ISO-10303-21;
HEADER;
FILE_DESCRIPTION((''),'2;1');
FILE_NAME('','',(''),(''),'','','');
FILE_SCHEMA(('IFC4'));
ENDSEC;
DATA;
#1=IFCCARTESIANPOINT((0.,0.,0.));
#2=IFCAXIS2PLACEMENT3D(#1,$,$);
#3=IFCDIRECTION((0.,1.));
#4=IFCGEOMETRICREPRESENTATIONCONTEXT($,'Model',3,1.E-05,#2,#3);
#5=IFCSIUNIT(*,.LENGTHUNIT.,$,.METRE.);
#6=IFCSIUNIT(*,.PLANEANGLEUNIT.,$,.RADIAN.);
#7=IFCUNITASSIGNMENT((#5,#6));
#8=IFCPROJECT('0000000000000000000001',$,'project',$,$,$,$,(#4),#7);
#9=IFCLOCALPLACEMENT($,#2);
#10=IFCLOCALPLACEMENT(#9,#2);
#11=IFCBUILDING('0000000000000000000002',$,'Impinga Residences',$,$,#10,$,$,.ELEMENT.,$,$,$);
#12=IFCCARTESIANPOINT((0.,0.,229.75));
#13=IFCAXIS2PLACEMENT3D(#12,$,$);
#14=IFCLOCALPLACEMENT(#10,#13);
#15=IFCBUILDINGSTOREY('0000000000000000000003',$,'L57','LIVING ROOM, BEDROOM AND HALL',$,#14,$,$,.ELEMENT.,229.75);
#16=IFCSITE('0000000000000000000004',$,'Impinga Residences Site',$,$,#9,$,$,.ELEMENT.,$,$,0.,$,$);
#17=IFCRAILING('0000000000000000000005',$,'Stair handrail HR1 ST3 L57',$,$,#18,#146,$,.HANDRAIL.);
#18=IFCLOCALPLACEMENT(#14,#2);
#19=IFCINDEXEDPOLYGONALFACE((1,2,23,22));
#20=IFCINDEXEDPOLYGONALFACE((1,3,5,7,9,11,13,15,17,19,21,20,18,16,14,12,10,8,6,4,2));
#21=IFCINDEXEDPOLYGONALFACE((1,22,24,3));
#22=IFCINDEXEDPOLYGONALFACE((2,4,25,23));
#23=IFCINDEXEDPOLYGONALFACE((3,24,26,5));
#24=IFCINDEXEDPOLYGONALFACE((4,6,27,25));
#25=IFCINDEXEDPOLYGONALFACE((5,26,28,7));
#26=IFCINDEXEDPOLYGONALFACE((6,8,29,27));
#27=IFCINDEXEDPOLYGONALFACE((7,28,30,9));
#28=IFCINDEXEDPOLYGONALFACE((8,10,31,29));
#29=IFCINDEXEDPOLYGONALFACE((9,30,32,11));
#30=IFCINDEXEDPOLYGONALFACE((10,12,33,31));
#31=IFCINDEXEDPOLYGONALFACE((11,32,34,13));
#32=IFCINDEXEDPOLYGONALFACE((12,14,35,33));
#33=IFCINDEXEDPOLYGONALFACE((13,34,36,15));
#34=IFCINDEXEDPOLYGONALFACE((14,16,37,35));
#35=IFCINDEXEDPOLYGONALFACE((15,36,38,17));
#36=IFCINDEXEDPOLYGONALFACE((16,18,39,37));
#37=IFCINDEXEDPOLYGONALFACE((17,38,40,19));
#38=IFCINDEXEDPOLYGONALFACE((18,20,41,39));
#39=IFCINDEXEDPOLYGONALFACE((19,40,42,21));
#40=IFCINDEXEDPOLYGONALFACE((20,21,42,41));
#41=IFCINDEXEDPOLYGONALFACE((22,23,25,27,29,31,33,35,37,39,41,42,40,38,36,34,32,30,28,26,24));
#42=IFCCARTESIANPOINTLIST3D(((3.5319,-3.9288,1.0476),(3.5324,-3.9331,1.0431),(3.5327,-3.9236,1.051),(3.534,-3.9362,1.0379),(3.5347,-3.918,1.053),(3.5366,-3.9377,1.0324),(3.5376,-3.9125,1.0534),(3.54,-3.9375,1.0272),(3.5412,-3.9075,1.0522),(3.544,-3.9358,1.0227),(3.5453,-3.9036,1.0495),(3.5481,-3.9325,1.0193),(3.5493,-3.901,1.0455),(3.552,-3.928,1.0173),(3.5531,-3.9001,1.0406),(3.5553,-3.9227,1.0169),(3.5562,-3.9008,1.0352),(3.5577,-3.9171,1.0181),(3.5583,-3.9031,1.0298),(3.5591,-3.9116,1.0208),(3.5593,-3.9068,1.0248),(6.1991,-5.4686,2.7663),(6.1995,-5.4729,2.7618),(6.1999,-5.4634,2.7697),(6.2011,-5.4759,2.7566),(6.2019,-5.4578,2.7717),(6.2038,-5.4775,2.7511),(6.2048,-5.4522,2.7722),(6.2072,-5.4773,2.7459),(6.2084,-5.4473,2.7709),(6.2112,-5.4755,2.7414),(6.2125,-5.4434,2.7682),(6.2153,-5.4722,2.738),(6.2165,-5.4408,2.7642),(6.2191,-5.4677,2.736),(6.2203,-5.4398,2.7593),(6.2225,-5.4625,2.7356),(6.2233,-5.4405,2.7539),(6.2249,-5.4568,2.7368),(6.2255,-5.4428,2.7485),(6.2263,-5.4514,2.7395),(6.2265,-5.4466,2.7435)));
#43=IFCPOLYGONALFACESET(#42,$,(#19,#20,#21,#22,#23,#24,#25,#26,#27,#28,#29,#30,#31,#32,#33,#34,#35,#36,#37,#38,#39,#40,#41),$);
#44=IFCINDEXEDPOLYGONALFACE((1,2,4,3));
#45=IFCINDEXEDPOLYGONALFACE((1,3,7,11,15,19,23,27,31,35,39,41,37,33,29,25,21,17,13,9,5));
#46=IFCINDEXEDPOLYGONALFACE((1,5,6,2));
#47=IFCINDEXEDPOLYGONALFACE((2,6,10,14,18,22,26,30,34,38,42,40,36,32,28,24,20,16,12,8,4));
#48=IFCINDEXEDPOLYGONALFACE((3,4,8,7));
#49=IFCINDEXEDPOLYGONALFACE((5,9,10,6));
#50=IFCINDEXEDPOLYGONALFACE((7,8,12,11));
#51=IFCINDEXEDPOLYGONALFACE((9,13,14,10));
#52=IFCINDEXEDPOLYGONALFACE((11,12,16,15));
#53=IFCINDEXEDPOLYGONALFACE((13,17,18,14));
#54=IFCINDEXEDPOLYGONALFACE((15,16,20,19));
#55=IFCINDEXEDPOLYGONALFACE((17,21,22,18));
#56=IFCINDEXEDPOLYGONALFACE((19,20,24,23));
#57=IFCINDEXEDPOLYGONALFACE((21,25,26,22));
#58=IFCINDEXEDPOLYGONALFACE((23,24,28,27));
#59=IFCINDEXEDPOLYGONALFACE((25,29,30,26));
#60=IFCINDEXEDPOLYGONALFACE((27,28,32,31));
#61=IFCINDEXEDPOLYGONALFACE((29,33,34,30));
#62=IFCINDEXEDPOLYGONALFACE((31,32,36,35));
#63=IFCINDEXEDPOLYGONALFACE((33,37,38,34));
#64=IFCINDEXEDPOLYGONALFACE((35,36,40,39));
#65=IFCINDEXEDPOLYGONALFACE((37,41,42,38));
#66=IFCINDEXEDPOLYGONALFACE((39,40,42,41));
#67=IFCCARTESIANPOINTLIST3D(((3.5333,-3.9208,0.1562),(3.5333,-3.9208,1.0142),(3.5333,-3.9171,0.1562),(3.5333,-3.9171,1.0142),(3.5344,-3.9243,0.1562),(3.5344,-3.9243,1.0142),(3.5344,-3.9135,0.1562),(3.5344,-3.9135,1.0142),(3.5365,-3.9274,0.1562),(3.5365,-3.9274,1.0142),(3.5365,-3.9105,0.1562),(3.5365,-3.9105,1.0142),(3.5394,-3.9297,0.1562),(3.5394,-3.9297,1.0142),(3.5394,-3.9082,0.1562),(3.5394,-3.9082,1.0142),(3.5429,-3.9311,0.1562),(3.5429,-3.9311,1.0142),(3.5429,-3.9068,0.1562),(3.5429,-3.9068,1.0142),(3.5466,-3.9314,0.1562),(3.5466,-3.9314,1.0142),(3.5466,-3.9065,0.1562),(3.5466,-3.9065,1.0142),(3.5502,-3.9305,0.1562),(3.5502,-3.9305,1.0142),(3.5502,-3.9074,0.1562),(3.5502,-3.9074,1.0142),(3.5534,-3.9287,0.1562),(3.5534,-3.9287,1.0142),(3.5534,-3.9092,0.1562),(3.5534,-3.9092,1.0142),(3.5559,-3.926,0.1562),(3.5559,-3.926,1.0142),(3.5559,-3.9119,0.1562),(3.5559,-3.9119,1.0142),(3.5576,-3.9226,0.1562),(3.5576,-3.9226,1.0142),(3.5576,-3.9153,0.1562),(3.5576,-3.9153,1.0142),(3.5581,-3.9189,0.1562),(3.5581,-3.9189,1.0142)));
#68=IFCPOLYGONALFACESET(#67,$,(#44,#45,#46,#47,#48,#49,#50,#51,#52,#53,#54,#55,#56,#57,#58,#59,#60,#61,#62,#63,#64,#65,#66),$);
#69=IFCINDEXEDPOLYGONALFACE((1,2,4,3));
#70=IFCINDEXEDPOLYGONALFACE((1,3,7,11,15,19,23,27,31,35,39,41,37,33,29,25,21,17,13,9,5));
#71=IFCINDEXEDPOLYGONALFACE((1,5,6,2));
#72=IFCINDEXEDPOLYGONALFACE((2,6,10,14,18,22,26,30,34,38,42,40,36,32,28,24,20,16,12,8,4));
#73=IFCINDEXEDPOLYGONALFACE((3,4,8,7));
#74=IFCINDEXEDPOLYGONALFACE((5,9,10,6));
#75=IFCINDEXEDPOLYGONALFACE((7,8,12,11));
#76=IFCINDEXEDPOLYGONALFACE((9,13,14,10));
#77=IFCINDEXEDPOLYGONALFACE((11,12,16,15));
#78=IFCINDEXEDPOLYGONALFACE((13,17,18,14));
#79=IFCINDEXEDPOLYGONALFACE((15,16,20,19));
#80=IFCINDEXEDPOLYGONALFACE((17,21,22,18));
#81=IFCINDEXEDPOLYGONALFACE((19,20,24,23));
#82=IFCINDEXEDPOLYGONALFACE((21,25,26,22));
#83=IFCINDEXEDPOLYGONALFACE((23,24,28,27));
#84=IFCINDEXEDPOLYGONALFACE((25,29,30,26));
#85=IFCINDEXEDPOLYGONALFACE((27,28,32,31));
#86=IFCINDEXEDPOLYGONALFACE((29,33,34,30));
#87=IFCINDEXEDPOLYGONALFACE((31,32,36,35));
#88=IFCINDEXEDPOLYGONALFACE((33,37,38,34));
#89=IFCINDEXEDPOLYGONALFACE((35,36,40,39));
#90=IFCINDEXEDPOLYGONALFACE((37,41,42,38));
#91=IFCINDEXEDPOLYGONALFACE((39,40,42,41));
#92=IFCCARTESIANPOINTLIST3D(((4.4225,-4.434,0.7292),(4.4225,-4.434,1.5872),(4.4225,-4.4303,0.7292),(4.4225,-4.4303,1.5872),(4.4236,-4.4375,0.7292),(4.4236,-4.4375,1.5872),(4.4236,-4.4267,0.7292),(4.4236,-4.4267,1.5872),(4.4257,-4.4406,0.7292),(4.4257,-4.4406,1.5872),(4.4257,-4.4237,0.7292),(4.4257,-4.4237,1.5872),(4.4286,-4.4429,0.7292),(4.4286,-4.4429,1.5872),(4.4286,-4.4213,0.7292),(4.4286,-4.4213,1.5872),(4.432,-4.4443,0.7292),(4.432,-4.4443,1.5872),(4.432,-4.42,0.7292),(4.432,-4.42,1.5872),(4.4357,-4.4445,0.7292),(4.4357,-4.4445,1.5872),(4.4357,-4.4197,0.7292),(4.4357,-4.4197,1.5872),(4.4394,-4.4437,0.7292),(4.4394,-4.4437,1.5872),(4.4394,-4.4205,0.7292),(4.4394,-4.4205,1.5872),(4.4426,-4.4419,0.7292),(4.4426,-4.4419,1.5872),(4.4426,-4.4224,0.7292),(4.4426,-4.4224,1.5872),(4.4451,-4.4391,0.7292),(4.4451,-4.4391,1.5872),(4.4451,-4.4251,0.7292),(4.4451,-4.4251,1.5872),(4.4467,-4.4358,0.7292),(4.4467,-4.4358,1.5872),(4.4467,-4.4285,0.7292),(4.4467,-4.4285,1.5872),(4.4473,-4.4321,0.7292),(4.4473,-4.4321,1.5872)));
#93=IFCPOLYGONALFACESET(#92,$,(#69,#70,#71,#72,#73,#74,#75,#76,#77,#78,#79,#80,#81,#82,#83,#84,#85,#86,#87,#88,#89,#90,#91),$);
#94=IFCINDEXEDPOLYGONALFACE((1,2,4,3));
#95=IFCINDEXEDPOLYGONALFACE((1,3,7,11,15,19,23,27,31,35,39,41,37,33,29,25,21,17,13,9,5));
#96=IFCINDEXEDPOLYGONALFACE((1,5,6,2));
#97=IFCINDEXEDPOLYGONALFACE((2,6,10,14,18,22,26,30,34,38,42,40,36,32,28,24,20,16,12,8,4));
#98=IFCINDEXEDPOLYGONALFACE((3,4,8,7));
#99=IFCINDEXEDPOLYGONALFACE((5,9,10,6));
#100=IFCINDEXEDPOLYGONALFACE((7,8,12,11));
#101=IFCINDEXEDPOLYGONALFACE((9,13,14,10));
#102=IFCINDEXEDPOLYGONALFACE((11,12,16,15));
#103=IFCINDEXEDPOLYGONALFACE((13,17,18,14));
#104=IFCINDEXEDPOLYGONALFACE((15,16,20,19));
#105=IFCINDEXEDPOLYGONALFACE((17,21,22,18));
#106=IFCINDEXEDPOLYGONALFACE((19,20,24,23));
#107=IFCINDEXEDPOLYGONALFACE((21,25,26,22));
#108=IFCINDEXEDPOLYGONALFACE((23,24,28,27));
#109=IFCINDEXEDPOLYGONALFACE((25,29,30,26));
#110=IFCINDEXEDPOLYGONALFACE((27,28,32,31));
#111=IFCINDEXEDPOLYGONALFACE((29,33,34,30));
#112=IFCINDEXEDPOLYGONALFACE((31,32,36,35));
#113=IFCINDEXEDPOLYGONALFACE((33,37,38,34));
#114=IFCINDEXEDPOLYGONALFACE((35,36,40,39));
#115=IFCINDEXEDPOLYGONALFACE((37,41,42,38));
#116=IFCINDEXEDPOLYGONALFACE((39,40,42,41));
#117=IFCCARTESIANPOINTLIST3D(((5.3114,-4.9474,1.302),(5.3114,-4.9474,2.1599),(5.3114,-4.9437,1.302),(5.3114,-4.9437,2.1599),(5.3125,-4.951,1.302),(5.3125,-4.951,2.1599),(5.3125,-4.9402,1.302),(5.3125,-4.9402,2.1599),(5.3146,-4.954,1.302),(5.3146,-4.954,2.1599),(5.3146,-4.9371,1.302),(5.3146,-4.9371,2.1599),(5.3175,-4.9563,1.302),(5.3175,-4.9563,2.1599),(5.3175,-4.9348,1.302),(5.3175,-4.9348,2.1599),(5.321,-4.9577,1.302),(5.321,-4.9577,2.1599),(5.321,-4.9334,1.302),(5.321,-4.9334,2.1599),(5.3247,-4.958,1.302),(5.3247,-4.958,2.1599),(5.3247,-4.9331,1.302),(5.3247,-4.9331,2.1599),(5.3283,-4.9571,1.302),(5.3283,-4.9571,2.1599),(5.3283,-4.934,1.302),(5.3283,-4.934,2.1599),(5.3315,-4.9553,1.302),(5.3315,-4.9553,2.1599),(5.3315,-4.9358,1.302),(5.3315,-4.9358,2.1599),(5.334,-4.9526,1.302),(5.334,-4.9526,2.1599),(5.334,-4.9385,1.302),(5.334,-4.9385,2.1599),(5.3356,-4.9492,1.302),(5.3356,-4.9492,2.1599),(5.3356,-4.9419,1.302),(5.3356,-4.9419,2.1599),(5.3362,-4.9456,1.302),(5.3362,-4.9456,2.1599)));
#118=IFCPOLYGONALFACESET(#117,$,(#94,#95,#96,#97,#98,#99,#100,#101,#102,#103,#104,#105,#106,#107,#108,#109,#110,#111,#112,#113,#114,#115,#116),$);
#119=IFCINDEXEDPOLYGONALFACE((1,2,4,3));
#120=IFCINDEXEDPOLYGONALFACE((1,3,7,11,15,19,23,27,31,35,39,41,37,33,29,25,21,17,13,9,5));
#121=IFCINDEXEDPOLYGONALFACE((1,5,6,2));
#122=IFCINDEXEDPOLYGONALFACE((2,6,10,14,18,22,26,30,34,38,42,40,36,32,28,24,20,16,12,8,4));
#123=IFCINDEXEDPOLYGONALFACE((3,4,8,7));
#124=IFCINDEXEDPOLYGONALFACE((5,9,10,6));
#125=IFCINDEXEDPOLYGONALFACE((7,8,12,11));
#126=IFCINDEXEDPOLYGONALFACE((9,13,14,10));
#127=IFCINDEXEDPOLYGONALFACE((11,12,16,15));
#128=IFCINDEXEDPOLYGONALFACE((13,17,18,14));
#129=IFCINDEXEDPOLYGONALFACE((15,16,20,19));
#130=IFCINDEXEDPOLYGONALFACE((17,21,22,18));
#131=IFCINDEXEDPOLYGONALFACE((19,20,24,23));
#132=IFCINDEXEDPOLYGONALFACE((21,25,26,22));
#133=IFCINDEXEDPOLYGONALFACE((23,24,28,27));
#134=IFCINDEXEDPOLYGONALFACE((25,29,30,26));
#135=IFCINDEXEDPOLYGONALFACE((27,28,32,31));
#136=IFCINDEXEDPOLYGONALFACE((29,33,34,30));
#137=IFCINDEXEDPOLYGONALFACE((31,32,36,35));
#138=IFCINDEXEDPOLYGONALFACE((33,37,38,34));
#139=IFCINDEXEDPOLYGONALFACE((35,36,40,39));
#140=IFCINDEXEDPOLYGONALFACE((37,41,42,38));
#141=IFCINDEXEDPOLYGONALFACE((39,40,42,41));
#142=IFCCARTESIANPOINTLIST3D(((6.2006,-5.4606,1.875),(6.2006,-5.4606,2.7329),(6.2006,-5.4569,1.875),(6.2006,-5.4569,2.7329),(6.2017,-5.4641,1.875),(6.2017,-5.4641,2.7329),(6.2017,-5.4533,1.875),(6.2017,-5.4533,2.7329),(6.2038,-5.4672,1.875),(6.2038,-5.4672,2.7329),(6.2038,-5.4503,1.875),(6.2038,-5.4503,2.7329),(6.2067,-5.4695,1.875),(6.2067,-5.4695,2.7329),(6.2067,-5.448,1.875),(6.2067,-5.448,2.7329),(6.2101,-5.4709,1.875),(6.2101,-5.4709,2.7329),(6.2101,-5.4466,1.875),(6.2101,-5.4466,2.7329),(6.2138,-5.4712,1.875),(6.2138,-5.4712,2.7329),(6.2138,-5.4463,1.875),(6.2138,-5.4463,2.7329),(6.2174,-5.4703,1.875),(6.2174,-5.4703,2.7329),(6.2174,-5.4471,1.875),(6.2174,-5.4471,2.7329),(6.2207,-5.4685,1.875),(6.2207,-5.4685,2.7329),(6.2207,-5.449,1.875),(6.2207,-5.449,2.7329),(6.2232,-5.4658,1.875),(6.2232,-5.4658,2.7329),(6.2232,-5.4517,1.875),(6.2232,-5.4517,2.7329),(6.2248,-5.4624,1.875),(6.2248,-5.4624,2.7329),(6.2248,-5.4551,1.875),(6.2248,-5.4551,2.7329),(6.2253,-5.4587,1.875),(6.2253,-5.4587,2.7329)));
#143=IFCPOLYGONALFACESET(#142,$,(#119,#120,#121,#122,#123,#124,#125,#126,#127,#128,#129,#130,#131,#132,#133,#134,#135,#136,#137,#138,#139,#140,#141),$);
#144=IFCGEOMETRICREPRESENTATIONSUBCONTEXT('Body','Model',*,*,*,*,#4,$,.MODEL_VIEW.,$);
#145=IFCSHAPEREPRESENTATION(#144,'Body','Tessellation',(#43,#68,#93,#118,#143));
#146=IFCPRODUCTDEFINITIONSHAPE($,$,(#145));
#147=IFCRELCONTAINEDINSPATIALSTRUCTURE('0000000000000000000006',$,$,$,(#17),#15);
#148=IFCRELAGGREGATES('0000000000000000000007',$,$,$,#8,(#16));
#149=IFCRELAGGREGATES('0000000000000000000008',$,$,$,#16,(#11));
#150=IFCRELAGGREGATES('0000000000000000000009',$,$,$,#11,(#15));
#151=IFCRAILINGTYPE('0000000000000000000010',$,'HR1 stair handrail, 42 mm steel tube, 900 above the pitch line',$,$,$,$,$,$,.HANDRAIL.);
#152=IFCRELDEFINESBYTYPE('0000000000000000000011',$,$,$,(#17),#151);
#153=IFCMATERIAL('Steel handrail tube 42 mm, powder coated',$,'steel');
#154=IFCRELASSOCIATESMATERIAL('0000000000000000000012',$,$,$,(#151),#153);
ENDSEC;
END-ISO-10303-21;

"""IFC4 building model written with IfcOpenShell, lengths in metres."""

from ifc_helpers import new_model, si_unit, direction, frame, origin, origin_2d, place, context, subcontext, project, spatial, circle, extrude, material, type_object, element, save


model = new_model("IFC4")

# Units and contexts
model_context = context("Model", 3, precision=1e-05, world=origin(), true_north=direction((0.0, 1.0)))
body_context = subcontext(model_context, "Body", "Model", "MODEL_VIEW")
ifc_project = project(units=[si_unit("LENGTHUNIT", "METRE"), si_unit("PLANEANGLEUNIT", "RADIAN")], contexts=[model_context])

# Site, building, storey
site_placement = place(None, origin())
site = spatial("IfcSite", under=ifc_project, at=site_placement, Name="Impinga Residences Site", CompositionType="ELEMENT", RefElevation=0.0)
building_placement = place(site_placement, origin())
building = spatial("IfcBuilding", under=site, at=building_placement, Name="Impinga Residences", CompositionType="ELEMENT")
storey_placement = place(building_placement, frame((0.0, 0.0, 229.75)))
storey = spatial("IfcBuildingStorey", under=building, at=storey_placement, Name="L57", Description="LIVING ROOM, BEDROOM AND HALL", CompositionType="ELEMENT", Elevation=229.75)

# Railing
ifc_material_1 = material(Name="Steel handrail tube 42 mm, powder coated", Category="steel")
railing_type_1 = type_object("IfcRailingType", Name="HR1 stair handrail, 42 mm steel tube, 900 above the pitch line", PredefinedType="HANDRAIL", material=ifc_material_1)
railing_1_placement = place(storey_placement, frame((3.5457, -3.9189, 0.1562)))
element("IfcRailing", 1, at=railing_1_placement, inside=storey, type_object=railing_type_1, Name="Stair handrail HR1 ST3 L57", PredefinedType="HANDRAIL", context=body_context, shape_type="SweptSolid", body=[
    extrude(circle(Radius=0.021, at=origin_2d()), frame((0.0, 0.0, 0.8789), z_axis=(0.756249, -0.436582, 0.487322), x_axis=(0.499967, 0.866044, 0.0)), (0.0, 0.0, 1.0), 3.5269),
    extrude(circle(Radius=0.0125, at=origin_2d()), origin(), (0.0, 0.0, 1.0), 0.8579),
    extrude(circle(Radius=0.0125, at=origin_2d()), frame((0.8892, -0.5132, 0.573)), (0.0, 0.0, 1.0), 0.8579),
    extrude(circle(Radius=0.0125, at=origin_2d()), frame((1.7781, -1.0266, 1.1458)), (0.0, 0.0, 1.0), 0.8579),
    extrude(circle(Radius=0.0125, at=origin_2d()), frame((2.6672, -1.5398, 1.7188)), (0.0, 0.0, 1.0), 0.8579),
])

save(model, "model.ifc")
